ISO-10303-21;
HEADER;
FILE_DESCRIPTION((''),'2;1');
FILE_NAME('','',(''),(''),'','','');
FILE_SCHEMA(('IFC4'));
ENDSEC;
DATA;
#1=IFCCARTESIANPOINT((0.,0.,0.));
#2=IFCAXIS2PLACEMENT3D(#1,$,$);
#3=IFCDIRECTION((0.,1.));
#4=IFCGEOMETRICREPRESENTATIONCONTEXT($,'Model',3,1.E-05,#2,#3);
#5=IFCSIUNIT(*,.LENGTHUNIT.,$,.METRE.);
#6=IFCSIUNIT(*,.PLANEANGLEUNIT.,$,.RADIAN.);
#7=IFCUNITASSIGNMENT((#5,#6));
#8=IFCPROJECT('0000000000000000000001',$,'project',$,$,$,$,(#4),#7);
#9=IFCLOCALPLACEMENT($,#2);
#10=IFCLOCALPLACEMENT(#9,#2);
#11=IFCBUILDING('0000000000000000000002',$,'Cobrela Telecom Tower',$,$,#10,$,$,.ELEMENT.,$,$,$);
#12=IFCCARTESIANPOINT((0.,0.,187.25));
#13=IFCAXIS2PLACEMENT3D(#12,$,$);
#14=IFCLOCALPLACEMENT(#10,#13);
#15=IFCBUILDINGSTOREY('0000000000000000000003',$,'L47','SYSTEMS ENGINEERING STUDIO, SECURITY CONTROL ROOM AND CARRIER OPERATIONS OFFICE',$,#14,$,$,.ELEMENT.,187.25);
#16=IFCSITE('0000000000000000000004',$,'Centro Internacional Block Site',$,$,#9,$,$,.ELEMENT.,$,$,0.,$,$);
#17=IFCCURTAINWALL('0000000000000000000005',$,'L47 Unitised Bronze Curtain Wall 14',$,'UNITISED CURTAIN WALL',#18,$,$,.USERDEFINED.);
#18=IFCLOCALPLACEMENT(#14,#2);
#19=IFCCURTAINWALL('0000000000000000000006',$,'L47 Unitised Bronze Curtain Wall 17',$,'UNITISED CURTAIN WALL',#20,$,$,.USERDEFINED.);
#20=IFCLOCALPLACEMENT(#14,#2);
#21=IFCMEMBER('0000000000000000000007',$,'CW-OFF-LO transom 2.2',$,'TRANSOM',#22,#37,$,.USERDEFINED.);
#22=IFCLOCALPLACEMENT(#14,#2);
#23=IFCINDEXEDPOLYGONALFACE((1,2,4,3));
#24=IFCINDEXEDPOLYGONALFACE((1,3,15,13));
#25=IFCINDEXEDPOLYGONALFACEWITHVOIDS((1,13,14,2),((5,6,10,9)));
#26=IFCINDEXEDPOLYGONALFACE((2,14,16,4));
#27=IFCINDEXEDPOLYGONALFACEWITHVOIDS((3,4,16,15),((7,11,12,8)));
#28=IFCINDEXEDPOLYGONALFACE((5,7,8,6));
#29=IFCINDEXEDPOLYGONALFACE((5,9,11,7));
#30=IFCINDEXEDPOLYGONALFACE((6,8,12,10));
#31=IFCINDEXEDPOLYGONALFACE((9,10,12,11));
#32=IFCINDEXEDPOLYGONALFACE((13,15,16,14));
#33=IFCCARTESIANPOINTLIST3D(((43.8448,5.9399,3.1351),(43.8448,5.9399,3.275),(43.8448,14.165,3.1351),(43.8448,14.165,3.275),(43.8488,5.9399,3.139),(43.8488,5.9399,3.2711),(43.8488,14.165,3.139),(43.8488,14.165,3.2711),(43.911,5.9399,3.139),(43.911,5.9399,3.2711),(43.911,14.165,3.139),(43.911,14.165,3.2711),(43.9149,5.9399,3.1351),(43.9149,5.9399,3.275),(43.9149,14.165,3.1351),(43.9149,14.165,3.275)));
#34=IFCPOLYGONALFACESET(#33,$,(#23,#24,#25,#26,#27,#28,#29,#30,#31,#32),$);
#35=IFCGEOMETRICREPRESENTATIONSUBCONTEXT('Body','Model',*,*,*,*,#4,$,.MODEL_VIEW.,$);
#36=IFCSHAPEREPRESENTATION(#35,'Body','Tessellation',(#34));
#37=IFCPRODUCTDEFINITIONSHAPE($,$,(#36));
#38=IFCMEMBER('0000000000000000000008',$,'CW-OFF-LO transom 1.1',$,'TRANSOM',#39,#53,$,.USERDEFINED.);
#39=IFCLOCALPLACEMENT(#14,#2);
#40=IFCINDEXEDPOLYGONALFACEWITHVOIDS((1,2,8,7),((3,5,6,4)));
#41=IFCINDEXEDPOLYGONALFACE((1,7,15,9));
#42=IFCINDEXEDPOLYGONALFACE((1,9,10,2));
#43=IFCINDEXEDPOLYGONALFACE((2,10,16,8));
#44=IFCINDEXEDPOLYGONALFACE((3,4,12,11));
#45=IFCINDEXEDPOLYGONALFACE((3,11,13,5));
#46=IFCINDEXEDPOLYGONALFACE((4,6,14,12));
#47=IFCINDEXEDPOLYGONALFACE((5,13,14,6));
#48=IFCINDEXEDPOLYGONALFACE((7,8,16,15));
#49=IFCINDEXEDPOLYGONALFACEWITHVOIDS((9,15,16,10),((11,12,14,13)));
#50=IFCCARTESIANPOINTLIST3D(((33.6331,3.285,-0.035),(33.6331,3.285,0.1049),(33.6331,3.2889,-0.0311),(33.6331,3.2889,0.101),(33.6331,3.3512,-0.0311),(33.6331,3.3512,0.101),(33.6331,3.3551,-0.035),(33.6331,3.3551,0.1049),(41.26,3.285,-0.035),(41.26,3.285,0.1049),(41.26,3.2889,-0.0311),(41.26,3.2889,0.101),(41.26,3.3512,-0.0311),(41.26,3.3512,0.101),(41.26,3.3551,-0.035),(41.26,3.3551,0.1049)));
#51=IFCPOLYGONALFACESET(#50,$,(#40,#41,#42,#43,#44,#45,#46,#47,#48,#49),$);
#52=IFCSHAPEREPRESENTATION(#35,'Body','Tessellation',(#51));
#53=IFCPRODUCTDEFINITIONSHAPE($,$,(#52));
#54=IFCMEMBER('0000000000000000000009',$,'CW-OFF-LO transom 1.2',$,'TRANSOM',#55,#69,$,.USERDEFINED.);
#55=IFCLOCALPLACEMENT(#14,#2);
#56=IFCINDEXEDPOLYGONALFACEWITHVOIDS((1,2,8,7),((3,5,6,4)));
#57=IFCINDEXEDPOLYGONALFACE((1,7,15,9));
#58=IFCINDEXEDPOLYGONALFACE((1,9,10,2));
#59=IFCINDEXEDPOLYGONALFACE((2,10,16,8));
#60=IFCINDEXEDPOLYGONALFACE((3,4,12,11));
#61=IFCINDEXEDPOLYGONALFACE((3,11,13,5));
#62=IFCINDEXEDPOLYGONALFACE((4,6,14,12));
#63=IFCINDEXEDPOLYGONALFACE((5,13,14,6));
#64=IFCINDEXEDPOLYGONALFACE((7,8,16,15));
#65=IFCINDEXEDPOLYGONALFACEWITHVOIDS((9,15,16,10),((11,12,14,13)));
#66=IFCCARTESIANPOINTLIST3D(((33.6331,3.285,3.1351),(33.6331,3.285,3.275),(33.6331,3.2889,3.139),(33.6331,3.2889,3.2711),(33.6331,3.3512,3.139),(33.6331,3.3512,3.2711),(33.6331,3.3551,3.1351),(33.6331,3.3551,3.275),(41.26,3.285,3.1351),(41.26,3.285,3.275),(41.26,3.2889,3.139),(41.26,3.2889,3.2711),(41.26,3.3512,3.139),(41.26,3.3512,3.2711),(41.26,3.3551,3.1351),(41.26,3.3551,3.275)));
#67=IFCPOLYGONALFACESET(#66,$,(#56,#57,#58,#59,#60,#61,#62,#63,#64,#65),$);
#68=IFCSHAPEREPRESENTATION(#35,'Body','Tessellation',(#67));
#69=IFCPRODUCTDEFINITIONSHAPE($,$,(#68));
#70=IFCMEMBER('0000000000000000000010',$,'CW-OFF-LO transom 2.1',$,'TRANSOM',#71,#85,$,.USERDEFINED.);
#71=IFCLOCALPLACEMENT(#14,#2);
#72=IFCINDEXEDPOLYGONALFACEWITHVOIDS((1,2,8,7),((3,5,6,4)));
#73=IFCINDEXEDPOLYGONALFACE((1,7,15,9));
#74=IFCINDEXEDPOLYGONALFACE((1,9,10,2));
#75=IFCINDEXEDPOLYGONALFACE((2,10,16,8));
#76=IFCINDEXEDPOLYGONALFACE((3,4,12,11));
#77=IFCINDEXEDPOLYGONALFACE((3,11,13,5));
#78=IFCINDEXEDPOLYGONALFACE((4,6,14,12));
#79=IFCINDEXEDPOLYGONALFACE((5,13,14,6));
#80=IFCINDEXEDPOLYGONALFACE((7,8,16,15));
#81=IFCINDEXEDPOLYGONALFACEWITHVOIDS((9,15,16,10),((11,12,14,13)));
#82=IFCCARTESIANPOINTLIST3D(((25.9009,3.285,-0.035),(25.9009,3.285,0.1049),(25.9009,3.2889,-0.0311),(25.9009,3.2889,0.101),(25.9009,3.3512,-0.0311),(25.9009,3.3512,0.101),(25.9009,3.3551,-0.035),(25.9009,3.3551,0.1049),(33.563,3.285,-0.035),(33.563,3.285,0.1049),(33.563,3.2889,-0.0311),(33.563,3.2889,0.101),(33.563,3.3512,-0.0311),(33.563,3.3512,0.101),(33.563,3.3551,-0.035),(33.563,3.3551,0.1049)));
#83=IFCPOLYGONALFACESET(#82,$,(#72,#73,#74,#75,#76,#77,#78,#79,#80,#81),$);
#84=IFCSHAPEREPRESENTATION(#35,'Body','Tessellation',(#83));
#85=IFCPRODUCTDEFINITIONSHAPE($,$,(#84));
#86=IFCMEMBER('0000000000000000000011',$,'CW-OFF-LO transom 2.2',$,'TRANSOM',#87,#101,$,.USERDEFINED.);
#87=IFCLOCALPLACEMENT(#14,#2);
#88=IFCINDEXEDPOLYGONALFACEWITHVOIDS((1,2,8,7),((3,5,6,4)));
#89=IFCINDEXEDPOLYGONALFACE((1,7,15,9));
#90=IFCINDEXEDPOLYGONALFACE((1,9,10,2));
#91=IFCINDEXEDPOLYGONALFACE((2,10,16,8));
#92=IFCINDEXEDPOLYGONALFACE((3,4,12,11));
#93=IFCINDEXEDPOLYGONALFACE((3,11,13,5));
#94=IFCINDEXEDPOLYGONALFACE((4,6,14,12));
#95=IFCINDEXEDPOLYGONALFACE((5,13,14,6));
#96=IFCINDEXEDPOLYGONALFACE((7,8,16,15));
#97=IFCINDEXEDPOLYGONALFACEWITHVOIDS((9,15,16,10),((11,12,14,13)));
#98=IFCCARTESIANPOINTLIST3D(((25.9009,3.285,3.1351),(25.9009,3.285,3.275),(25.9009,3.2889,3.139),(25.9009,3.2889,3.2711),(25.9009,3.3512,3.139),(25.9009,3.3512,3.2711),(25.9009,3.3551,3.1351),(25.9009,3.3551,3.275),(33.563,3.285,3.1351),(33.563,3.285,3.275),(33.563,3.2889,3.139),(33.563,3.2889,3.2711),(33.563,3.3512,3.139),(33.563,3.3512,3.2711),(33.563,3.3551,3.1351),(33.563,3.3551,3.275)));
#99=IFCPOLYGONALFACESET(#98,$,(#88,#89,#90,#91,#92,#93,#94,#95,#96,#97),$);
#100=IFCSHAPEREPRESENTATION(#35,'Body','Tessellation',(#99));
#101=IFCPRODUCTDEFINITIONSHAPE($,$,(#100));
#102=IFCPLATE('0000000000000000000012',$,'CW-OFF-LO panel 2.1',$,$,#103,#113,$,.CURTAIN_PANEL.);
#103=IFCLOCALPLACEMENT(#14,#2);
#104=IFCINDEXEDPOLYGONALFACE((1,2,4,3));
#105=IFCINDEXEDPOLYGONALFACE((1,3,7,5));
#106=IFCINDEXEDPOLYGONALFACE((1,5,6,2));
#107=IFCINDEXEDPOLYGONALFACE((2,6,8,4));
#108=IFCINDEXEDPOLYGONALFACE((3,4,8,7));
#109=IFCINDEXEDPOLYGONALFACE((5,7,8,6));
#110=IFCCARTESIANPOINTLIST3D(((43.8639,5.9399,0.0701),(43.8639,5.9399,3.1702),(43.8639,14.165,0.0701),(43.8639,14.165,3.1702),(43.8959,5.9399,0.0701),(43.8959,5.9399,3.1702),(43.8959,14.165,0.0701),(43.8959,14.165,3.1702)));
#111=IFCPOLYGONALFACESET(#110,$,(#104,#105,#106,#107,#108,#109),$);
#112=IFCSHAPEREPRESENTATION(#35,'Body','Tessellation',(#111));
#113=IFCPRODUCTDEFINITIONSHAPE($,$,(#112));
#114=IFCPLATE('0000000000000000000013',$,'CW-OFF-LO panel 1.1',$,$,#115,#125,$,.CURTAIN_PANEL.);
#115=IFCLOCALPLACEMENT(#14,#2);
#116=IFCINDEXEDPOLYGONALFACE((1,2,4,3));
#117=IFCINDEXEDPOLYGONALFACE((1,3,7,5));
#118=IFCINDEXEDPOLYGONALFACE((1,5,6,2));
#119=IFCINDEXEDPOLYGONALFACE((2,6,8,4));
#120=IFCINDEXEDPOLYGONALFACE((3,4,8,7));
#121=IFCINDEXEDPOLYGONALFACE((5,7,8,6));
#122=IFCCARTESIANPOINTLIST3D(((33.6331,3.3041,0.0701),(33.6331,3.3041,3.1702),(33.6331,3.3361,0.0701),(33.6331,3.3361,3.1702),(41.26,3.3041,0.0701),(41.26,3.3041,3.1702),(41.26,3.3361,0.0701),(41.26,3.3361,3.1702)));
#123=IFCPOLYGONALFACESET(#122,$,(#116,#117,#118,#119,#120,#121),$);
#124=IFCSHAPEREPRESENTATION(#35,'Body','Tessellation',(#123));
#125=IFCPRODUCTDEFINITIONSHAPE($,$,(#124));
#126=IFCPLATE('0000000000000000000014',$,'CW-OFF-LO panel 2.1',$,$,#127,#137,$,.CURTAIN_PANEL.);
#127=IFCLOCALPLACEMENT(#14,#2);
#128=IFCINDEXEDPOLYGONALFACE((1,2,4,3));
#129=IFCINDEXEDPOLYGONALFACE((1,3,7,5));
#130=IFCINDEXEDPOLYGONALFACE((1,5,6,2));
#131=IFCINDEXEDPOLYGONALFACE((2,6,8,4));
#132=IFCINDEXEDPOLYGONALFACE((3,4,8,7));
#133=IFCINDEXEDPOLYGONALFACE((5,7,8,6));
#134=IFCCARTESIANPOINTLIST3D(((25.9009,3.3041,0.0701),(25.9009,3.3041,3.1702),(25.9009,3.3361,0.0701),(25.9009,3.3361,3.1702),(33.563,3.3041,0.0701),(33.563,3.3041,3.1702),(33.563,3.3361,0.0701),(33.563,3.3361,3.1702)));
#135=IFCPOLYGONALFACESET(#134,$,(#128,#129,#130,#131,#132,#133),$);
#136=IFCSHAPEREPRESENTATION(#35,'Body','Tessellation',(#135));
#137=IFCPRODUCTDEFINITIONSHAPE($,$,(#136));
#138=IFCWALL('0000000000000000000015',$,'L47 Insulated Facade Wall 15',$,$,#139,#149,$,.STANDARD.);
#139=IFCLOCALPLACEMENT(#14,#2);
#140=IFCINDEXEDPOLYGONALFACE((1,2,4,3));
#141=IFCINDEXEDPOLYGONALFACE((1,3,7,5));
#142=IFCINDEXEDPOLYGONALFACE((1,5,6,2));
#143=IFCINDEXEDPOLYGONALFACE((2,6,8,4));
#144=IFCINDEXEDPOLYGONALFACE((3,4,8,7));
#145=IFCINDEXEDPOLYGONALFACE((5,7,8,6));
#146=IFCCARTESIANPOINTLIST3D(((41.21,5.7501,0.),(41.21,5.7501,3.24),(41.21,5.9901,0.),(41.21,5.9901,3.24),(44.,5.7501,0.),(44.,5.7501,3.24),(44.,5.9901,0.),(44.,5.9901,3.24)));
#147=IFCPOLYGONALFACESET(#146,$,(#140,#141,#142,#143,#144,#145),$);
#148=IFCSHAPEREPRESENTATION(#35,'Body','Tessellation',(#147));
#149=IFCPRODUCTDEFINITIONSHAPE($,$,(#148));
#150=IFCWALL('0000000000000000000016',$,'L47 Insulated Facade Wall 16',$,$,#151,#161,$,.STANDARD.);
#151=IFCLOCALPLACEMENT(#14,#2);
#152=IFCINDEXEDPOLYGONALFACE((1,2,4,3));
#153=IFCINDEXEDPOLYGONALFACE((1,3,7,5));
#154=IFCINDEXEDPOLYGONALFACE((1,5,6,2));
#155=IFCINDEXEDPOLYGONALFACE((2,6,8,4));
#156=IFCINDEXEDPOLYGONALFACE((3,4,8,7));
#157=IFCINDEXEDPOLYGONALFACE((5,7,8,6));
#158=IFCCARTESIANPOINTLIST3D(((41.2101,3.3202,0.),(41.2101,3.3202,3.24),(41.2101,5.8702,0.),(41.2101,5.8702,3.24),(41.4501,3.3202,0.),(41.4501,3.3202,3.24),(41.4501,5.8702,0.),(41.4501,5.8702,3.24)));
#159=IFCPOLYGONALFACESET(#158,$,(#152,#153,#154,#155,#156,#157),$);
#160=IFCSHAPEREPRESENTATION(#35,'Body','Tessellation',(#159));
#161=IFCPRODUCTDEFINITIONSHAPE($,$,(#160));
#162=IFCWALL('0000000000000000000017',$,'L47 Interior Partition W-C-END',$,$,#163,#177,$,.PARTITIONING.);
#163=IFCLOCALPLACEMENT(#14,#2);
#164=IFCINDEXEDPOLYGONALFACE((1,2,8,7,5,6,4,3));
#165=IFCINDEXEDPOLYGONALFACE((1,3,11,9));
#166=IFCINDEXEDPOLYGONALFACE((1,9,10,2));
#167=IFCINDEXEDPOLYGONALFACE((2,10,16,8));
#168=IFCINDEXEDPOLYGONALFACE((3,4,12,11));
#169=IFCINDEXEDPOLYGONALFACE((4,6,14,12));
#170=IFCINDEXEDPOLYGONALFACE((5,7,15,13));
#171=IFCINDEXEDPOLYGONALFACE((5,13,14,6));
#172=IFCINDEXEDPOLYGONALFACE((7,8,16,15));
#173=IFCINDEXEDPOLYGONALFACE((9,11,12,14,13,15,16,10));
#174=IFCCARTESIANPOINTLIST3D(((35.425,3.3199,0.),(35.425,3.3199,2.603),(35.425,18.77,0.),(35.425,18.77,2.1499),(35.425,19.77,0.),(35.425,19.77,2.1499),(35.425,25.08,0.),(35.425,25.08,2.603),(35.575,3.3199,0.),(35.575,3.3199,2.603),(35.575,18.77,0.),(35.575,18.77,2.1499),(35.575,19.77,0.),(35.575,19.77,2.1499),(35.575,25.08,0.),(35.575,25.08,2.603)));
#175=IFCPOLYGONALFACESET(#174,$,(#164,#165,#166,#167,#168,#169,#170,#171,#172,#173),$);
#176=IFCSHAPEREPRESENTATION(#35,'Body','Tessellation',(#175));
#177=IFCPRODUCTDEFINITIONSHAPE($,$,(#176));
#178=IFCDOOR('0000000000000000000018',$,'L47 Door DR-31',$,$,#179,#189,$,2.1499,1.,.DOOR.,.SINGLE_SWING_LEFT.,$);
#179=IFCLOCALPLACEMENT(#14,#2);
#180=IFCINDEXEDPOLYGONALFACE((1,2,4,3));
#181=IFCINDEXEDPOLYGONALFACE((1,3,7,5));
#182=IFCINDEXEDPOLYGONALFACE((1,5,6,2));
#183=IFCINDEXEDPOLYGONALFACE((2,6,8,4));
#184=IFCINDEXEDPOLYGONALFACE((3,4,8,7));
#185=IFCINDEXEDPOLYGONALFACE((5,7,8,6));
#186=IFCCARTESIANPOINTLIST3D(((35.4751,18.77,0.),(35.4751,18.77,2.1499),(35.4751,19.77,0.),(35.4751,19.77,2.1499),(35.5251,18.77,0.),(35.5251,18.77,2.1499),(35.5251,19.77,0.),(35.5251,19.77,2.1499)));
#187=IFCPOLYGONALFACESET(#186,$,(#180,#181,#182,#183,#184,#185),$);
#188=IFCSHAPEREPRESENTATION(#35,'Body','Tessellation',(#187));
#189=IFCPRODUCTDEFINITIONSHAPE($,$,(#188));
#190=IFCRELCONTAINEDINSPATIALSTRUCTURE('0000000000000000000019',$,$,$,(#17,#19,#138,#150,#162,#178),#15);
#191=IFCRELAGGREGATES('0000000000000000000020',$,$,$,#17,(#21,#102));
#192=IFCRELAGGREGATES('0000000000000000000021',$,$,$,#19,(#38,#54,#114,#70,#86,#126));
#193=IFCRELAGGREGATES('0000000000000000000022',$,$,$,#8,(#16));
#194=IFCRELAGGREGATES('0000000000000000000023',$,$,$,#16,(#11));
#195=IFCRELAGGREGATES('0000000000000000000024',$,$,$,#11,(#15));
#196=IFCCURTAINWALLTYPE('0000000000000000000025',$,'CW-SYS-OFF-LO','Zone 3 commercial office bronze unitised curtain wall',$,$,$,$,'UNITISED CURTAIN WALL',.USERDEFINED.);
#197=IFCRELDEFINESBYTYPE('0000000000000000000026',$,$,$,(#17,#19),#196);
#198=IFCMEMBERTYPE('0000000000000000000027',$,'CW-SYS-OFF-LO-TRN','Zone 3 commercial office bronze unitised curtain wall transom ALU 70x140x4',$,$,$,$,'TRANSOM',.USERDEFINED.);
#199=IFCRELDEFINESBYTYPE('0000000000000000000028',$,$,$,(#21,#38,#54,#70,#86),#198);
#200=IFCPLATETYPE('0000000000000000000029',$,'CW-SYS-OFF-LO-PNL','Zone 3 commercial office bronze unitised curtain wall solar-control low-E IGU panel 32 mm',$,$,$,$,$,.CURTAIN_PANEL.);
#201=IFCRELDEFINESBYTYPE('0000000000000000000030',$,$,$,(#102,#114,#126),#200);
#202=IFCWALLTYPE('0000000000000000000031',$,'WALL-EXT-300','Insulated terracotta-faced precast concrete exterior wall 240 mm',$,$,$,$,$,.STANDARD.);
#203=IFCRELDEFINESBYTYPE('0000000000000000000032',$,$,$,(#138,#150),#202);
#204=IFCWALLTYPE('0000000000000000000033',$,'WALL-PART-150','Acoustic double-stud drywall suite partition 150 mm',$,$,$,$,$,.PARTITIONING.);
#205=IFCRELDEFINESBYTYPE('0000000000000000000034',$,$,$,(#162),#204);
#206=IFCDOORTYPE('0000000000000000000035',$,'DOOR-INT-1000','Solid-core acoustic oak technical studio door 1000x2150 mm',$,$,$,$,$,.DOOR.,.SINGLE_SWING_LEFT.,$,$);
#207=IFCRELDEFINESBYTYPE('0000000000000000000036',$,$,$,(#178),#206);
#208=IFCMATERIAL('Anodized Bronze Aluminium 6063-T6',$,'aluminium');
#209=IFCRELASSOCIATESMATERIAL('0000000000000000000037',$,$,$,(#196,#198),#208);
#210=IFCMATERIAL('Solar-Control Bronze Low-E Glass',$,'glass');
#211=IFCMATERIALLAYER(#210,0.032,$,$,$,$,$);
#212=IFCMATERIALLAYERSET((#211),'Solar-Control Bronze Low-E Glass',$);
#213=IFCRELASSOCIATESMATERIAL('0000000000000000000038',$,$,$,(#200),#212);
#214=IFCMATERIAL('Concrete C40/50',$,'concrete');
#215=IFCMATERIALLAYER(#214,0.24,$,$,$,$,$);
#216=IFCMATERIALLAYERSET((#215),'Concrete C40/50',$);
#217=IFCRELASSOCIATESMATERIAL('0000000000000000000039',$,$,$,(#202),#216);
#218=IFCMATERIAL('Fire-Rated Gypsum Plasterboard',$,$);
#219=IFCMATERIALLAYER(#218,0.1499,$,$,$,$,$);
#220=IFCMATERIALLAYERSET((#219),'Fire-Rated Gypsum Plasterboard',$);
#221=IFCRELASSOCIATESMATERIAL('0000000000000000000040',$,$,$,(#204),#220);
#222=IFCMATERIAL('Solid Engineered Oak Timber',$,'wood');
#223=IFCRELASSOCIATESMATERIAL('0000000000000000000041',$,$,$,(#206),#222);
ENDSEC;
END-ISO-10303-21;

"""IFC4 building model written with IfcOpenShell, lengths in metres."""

from ifc_helpers import new_model, si_unit, direction, frame, frame_2d, origin, origin_2d, place, context, subcontext, project, spatial, rectangle, hollow_rectangle, extrude, material, layer, layer_set, material_profile, profile_set, type_object, element, fill, aggregate, save


model = new_model("IFC4")

# Units and contexts
model_context = context("Model", 3, precision=1e-05, world=origin(), true_north=direction((0.0, 1.0)))
body_context = subcontext(model_context, "Body", "Model", "MODEL_VIEW")
ifc_project = project(units=[si_unit("LENGTHUNIT", "METRE"), si_unit("PLANEANGLEUNIT", "RADIAN")], contexts=[model_context])

# Site, building, storey
site_placement = place(None, origin())
site = spatial("IfcSite", under=ifc_project, at=site_placement, Name="Centro Internacional Block Site", CompositionType="ELEMENT", RefElevation=0.0)
building_placement = place(site_placement, origin())
building = spatial("IfcBuilding", under=site, at=building_placement, Name="Cobrela Telecom Tower", CompositionType="ELEMENT")
storey_placement = place(building_placement, frame((0.0, 0.0, 187.25)))
storey = spatial("IfcBuildingStorey", under=building, at=storey_placement, Name="L47", Description="SYSTEMS ENGINEERING STUDIO, SECURITY CONTROL ROOM AND CARRIER OPERATIONS OFFICE", CompositionType="ELEMENT", Elevation=187.25)

# Curtain walls
ifc_material_1 = material(Name="Anodized Bronze Aluminium 6063-T6", Category="aluminium")
curtain_wall_type = type_object("IfcCurtainWallType", Name="CW-SYS-OFF-LO", Description="Zone 3 commercial office bronze unitised curtain wall", ElementType="UNITISED CURTAIN WALL", PredefinedType="USERDEFINED", material=ifc_material_1)
curtain_wall_1_placement = place(storey_placement, origin())
curtain_wall_1 = element("IfcCurtainWall", 1, at=curtain_wall_1_placement, inside=storey, type_object=curtain_wall_type, Name="L47 Unitised Bronze Curtain Wall 14", ObjectType="UNITISED CURTAIN WALL", PredefinedType="USERDEFINED")
curtain_wall_2_placement = place(storey_placement, origin())
curtain_wall_2 = element("IfcCurtainWall", 2, at=curtain_wall_2_placement, inside=storey, type_object=curtain_wall_type, Name="L47 Unitised Bronze Curtain Wall 17", ObjectType="UNITISED CURTAIN WALL", PredefinedType="USERDEFINED")

# Members
ifc_material_profile_1 = material_profile(ifc_material_1, hollow_rectangle(XDim=0.0701, YDim=0.1399, WallThickness=0.0039, at=origin_2d()), Name="ALU 70x140x4")
ifc_profile_set_1 = profile_set([ifc_material_profile_1], Name="Anodized Bronze Aluminium 6063-T6")
member_type_1 = type_object("IfcMemberType", Name="CW-SYS-OFF-LO-TRN", Description="Zone 3 commercial office bronze unitised curtain wall transom ALU 70x140x4", ElementType="TRANSOM", PredefinedType="USERDEFINED", material=ifc_profile_set_1)
member_1_placement = place(storey_placement, frame((43.8799, 14.165, 3.2051), z_axis=(0.0, -1.0, 0.0), x_axis=(1.0, 0.0, 0.0)))
member_1 = element("IfcMember", 3, at=member_1_placement, type_object=member_type_1, Name="CW-OFF-LO transom 2.2", ObjectType="TRANSOM", PredefinedType="USERDEFINED", context=body_context, shape_type="SweptSolid", body=[
    extrude(hollow_rectangle(XDim=0.0701, YDim=0.1399, WallThickness=0.0039, at=origin_2d()), origin(), (0.0, 0.0, 1.0), 8.2251),
])
member_2_placement = place(storey_placement, frame((41.26, 3.3201, 0.0349), z_axis=(-1.0, 0.0, 0.0), x_axis=(0.0, -1.0, 0.0)))
member_2 = element("IfcMember", 4, at=member_2_placement, type_object=member_type_1, Name="CW-OFF-LO transom 1.1", ObjectType="TRANSOM", PredefinedType="USERDEFINED", context=body_context, shape_type="SweptSolid", body=[
    extrude(hollow_rectangle(XDim=0.0701, YDim=0.1399, WallThickness=0.0039, at=origin_2d()), origin(), (0.0, 0.0, 1.0), 7.627),
])
member_3_placement = place(storey_placement, frame((41.26, 3.3201, 3.2051), z_axis=(-1.0, 0.0, 0.0), x_axis=(0.0, -1.0, 0.0)))
member_3 = element("IfcMember", 5, at=member_3_placement, type_object=member_type_1, Name="CW-OFF-LO transom 1.2", ObjectType="TRANSOM", PredefinedType="USERDEFINED", context=body_context, shape_type="SweptSolid", body=[
    extrude(hollow_rectangle(XDim=0.0701, YDim=0.1399, WallThickness=0.0039, at=origin_2d()), origin(), (0.0, 0.0, 1.0), 7.627),
])
member_4_placement = place(storey_placement, frame((33.563, 3.3201, 0.0349), z_axis=(-1.0, 0.0, 0.0), x_axis=(0.0, -1.0, 0.0)))
member_4 = element("IfcMember", 6, at=member_4_placement, type_object=member_type_1, Name="CW-OFF-LO transom 2.1", ObjectType="TRANSOM", PredefinedType="USERDEFINED", context=body_context, shape_type="SweptSolid", body=[
    extrude(hollow_rectangle(XDim=0.0701, YDim=0.1399, WallThickness=0.0039, at=origin_2d()), origin(), (0.0, 0.0, 1.0), 7.6621),
])
member_5_placement = place(storey_placement, frame((33.563, 3.3201, 3.2051), z_axis=(-1.0, 0.0, 0.0), x_axis=(0.0, -1.0, 0.0)))
member_5 = element("IfcMember", 7, at=member_5_placement, type_object=member_type_1, Name="CW-OFF-LO transom 2.2", ObjectType="TRANSOM", PredefinedType="USERDEFINED", context=body_context, shape_type="SweptSolid", body=[
    extrude(hollow_rectangle(XDim=0.0701, YDim=0.1399, WallThickness=0.0039, at=origin_2d()), origin(), (0.0, 0.0, 1.0), 7.6621),
])

# Plates
ifc_material_2 = material(Name="Solar-Control Bronze Low-E Glass", Category="glass")
ifc_layer_1 = layer(ifc_material_2, 0.032)
ifc_layer_set_1 = layer_set([ifc_layer_1], Name="Solar-Control Bronze Low-E Glass")
plate_type = type_object("IfcPlateType", Name="CW-SYS-OFF-LO-PNL", Description="Zone 3 commercial office bronze unitised curtain wall solar-control low-E IGU panel 32 mm", PredefinedType="CURTAIN_PANEL", material=ifc_layer_set_1)
plate_1_placement = place(storey_placement, frame((43.8799, 10.0525, 0.0701), z_axis=(0.0, 0.0, 1.0), x_axis=(0.0, -1.0, 0.0)))
plate_1 = element("IfcPlate", 8, at=plate_1_placement, type_object=plate_type, Name="CW-OFF-LO panel 2.1", PredefinedType="CURTAIN_PANEL", context=body_context, shape_type="SweptSolid", body=[
    extrude(rectangle(XDim=8.2251, YDim=0.032, at=origin_2d()), origin(), (0.0, 0.0, 1.0), 3.1001),
])
aggregate(curtain_wall_1, [member_1, plate_1])
plate_2_placement = place(storey_placement, frame((37.4465, 3.3201, 0.0701), z_axis=(0.0, 0.0, 1.0), x_axis=(-1.0, 0.0, 0.0)))
plate_2 = element("IfcPlate", 9, at=plate_2_placement, type_object=plate_type, Name="CW-OFF-LO panel 1.1", PredefinedType="CURTAIN_PANEL", context=body_context, shape_type="SweptSolid", body=[
    extrude(rectangle(XDim=7.627, YDim=0.032, at=origin_2d()), origin(), (0.0, 0.0, 1.0), 3.1001),
])
plate_3_placement = place(storey_placement, frame((29.7319, 3.3201, 0.0701), z_axis=(0.0, 0.0, 1.0), x_axis=(-1.0, 0.0, 0.0)))
plate_3 = element("IfcPlate", 10, at=plate_3_placement, type_object=plate_type, Name="CW-OFF-LO panel 2.1", PredefinedType="CURTAIN_PANEL", context=body_context, shape_type="SweptSolid", body=[
    extrude(rectangle(XDim=7.6621, YDim=0.032, at=origin_2d()), origin(), (0.0, 0.0, 1.0), 3.1001),
])
aggregate(curtain_wall_2, [member_2, member_3, plate_2, member_4, member_5, plate_3])

# Walls
ifc_material_3 = material(Name="Concrete C40/50", Category="concrete")
ifc_layer_2 = layer(ifc_material_3, 0.24)
ifc_layer_set_2 = layer_set([ifc_layer_2], Name="Concrete C40/50")
wall_type_1 = type_object("IfcWallType", Name="WALL-EXT-300", Description="Insulated terracotta-faced precast concrete exterior wall 240 mm", PredefinedType="STANDARD", material=ifc_layer_set_2)
wall_1_placement = place(storey_placement, frame((44.0, 5.8701, 0.0), z_axis=(0.0, 0.0, 1.0), x_axis=(-1.0, 0.0, 0.0)))
element("IfcWall", 11, at=wall_1_placement, inside=storey, type_object=wall_type_1, Name="L47 Insulated Facade Wall 15", PredefinedType="STANDARD", context=body_context, shape_type="SweptSolid", body=[
    extrude(rectangle(XDim=2.79, YDim=0.24, at=frame_2d((1.395, 0.0))), origin(), (0.0, 0.0, 1.0), 3.24),
])
wall_2_placement = place(storey_placement, frame((41.3301, 5.8701, 0.0), z_axis=(0.0, 0.0, 1.0), x_axis=(0.0, -1.0, 0.0)))
element("IfcWall", 12, at=wall_2_placement, inside=storey, type_object=wall_type_1, Name="L47 Insulated Facade Wall 16", PredefinedType="STANDARD", context=body_context, shape_type="SweptSolid", body=[
    extrude(rectangle(XDim=2.55, YDim=0.24, at=frame_2d((1.2749, 0.0))), origin(), (0.0, 0.0, 1.0), 3.24),
])

# Wall, opening, door
ifc_material_4 = material(Name="Fire-Rated Gypsum Plasterboard")
ifc_layer_3 = layer(ifc_material_4, 0.1499)
ifc_layer_set_3 = layer_set([ifc_layer_3], Name="Fire-Rated Gypsum Plasterboard")
wall_type_2 = type_object("IfcWallType", Name="WALL-PART-150", Description="Acoustic double-stud drywall suite partition 150 mm", PredefinedType="PARTITIONING", material=ifc_layer_set_3)
wall_3_placement = place(storey_placement, frame((35.5, 3.3201, 0.0), z_axis=(0.0, 0.0, 1.0), x_axis=(0.0, 1.0, 0.0)))
wall_3 = element("IfcWall", 13, at=wall_3_placement, inside=storey, type_object=wall_type_2, Name="L47 Interior Partition W-C-END", PredefinedType="PARTITIONING", context=body_context, shape_type="SweptSolid", body=[
    extrude(rectangle(XDim=21.76, YDim=0.1499, at=frame_2d((10.8799, 0.0))), origin(), (0.0, 0.0, 1.0), 2.603),
])
opening_placement = place(wall_3_placement, frame((15.45, 0.0, 0.0)))
opening = element("IfcOpeningElement", 14, at=opening_placement, cuts=wall_3, PredefinedType="OPENING", context=body_context, shape_type="SweptSolid", body=[
    extrude(rectangle(XDim=1.0, YDim=2.1499, at=frame_2d((0.5, 1.075))), frame((0.0, 0.0869, 0.0), z_axis=(0.0, -1.0, 0.0), x_axis=(1.0, 0.0, 0.0)), (0.0, 0.0, 1.0), 0.1738),
])
ifc_material_5 = material(Name="Solid Engineered Oak Timber", Category="wood")
door_type = type_object("IfcDoorType", Name="DOOR-INT-1000", Description="Solid-core acoustic oak technical studio door 1000x2150 mm", OperationType="SINGLE_SWING_LEFT", PredefinedType="DOOR", material=ifc_material_5)
door_placement = place(opening_placement, origin())
door = element("IfcDoor", 15, at=door_placement, inside=storey, type_object=door_type, Name="L47 Door DR-31", OperationType="SINGLE_SWING_LEFT", OverallHeight=2.1499, OverallWidth=1.0, PredefinedType="DOOR", context=body_context, shape_type="SweptSolid", body=[
    extrude(rectangle(XDim=1.0, YDim=2.1499, at=frame_2d((0.5, 1.075))), frame((0.0, 0.0249, 0.0), z_axis=(0.0, -1.0, 0.0), x_axis=(1.0, 0.0, 0.0)), (0.0, 0.0, 1.0), 0.05),
])
fill(opening, door)

save(model, "model.ifc")
